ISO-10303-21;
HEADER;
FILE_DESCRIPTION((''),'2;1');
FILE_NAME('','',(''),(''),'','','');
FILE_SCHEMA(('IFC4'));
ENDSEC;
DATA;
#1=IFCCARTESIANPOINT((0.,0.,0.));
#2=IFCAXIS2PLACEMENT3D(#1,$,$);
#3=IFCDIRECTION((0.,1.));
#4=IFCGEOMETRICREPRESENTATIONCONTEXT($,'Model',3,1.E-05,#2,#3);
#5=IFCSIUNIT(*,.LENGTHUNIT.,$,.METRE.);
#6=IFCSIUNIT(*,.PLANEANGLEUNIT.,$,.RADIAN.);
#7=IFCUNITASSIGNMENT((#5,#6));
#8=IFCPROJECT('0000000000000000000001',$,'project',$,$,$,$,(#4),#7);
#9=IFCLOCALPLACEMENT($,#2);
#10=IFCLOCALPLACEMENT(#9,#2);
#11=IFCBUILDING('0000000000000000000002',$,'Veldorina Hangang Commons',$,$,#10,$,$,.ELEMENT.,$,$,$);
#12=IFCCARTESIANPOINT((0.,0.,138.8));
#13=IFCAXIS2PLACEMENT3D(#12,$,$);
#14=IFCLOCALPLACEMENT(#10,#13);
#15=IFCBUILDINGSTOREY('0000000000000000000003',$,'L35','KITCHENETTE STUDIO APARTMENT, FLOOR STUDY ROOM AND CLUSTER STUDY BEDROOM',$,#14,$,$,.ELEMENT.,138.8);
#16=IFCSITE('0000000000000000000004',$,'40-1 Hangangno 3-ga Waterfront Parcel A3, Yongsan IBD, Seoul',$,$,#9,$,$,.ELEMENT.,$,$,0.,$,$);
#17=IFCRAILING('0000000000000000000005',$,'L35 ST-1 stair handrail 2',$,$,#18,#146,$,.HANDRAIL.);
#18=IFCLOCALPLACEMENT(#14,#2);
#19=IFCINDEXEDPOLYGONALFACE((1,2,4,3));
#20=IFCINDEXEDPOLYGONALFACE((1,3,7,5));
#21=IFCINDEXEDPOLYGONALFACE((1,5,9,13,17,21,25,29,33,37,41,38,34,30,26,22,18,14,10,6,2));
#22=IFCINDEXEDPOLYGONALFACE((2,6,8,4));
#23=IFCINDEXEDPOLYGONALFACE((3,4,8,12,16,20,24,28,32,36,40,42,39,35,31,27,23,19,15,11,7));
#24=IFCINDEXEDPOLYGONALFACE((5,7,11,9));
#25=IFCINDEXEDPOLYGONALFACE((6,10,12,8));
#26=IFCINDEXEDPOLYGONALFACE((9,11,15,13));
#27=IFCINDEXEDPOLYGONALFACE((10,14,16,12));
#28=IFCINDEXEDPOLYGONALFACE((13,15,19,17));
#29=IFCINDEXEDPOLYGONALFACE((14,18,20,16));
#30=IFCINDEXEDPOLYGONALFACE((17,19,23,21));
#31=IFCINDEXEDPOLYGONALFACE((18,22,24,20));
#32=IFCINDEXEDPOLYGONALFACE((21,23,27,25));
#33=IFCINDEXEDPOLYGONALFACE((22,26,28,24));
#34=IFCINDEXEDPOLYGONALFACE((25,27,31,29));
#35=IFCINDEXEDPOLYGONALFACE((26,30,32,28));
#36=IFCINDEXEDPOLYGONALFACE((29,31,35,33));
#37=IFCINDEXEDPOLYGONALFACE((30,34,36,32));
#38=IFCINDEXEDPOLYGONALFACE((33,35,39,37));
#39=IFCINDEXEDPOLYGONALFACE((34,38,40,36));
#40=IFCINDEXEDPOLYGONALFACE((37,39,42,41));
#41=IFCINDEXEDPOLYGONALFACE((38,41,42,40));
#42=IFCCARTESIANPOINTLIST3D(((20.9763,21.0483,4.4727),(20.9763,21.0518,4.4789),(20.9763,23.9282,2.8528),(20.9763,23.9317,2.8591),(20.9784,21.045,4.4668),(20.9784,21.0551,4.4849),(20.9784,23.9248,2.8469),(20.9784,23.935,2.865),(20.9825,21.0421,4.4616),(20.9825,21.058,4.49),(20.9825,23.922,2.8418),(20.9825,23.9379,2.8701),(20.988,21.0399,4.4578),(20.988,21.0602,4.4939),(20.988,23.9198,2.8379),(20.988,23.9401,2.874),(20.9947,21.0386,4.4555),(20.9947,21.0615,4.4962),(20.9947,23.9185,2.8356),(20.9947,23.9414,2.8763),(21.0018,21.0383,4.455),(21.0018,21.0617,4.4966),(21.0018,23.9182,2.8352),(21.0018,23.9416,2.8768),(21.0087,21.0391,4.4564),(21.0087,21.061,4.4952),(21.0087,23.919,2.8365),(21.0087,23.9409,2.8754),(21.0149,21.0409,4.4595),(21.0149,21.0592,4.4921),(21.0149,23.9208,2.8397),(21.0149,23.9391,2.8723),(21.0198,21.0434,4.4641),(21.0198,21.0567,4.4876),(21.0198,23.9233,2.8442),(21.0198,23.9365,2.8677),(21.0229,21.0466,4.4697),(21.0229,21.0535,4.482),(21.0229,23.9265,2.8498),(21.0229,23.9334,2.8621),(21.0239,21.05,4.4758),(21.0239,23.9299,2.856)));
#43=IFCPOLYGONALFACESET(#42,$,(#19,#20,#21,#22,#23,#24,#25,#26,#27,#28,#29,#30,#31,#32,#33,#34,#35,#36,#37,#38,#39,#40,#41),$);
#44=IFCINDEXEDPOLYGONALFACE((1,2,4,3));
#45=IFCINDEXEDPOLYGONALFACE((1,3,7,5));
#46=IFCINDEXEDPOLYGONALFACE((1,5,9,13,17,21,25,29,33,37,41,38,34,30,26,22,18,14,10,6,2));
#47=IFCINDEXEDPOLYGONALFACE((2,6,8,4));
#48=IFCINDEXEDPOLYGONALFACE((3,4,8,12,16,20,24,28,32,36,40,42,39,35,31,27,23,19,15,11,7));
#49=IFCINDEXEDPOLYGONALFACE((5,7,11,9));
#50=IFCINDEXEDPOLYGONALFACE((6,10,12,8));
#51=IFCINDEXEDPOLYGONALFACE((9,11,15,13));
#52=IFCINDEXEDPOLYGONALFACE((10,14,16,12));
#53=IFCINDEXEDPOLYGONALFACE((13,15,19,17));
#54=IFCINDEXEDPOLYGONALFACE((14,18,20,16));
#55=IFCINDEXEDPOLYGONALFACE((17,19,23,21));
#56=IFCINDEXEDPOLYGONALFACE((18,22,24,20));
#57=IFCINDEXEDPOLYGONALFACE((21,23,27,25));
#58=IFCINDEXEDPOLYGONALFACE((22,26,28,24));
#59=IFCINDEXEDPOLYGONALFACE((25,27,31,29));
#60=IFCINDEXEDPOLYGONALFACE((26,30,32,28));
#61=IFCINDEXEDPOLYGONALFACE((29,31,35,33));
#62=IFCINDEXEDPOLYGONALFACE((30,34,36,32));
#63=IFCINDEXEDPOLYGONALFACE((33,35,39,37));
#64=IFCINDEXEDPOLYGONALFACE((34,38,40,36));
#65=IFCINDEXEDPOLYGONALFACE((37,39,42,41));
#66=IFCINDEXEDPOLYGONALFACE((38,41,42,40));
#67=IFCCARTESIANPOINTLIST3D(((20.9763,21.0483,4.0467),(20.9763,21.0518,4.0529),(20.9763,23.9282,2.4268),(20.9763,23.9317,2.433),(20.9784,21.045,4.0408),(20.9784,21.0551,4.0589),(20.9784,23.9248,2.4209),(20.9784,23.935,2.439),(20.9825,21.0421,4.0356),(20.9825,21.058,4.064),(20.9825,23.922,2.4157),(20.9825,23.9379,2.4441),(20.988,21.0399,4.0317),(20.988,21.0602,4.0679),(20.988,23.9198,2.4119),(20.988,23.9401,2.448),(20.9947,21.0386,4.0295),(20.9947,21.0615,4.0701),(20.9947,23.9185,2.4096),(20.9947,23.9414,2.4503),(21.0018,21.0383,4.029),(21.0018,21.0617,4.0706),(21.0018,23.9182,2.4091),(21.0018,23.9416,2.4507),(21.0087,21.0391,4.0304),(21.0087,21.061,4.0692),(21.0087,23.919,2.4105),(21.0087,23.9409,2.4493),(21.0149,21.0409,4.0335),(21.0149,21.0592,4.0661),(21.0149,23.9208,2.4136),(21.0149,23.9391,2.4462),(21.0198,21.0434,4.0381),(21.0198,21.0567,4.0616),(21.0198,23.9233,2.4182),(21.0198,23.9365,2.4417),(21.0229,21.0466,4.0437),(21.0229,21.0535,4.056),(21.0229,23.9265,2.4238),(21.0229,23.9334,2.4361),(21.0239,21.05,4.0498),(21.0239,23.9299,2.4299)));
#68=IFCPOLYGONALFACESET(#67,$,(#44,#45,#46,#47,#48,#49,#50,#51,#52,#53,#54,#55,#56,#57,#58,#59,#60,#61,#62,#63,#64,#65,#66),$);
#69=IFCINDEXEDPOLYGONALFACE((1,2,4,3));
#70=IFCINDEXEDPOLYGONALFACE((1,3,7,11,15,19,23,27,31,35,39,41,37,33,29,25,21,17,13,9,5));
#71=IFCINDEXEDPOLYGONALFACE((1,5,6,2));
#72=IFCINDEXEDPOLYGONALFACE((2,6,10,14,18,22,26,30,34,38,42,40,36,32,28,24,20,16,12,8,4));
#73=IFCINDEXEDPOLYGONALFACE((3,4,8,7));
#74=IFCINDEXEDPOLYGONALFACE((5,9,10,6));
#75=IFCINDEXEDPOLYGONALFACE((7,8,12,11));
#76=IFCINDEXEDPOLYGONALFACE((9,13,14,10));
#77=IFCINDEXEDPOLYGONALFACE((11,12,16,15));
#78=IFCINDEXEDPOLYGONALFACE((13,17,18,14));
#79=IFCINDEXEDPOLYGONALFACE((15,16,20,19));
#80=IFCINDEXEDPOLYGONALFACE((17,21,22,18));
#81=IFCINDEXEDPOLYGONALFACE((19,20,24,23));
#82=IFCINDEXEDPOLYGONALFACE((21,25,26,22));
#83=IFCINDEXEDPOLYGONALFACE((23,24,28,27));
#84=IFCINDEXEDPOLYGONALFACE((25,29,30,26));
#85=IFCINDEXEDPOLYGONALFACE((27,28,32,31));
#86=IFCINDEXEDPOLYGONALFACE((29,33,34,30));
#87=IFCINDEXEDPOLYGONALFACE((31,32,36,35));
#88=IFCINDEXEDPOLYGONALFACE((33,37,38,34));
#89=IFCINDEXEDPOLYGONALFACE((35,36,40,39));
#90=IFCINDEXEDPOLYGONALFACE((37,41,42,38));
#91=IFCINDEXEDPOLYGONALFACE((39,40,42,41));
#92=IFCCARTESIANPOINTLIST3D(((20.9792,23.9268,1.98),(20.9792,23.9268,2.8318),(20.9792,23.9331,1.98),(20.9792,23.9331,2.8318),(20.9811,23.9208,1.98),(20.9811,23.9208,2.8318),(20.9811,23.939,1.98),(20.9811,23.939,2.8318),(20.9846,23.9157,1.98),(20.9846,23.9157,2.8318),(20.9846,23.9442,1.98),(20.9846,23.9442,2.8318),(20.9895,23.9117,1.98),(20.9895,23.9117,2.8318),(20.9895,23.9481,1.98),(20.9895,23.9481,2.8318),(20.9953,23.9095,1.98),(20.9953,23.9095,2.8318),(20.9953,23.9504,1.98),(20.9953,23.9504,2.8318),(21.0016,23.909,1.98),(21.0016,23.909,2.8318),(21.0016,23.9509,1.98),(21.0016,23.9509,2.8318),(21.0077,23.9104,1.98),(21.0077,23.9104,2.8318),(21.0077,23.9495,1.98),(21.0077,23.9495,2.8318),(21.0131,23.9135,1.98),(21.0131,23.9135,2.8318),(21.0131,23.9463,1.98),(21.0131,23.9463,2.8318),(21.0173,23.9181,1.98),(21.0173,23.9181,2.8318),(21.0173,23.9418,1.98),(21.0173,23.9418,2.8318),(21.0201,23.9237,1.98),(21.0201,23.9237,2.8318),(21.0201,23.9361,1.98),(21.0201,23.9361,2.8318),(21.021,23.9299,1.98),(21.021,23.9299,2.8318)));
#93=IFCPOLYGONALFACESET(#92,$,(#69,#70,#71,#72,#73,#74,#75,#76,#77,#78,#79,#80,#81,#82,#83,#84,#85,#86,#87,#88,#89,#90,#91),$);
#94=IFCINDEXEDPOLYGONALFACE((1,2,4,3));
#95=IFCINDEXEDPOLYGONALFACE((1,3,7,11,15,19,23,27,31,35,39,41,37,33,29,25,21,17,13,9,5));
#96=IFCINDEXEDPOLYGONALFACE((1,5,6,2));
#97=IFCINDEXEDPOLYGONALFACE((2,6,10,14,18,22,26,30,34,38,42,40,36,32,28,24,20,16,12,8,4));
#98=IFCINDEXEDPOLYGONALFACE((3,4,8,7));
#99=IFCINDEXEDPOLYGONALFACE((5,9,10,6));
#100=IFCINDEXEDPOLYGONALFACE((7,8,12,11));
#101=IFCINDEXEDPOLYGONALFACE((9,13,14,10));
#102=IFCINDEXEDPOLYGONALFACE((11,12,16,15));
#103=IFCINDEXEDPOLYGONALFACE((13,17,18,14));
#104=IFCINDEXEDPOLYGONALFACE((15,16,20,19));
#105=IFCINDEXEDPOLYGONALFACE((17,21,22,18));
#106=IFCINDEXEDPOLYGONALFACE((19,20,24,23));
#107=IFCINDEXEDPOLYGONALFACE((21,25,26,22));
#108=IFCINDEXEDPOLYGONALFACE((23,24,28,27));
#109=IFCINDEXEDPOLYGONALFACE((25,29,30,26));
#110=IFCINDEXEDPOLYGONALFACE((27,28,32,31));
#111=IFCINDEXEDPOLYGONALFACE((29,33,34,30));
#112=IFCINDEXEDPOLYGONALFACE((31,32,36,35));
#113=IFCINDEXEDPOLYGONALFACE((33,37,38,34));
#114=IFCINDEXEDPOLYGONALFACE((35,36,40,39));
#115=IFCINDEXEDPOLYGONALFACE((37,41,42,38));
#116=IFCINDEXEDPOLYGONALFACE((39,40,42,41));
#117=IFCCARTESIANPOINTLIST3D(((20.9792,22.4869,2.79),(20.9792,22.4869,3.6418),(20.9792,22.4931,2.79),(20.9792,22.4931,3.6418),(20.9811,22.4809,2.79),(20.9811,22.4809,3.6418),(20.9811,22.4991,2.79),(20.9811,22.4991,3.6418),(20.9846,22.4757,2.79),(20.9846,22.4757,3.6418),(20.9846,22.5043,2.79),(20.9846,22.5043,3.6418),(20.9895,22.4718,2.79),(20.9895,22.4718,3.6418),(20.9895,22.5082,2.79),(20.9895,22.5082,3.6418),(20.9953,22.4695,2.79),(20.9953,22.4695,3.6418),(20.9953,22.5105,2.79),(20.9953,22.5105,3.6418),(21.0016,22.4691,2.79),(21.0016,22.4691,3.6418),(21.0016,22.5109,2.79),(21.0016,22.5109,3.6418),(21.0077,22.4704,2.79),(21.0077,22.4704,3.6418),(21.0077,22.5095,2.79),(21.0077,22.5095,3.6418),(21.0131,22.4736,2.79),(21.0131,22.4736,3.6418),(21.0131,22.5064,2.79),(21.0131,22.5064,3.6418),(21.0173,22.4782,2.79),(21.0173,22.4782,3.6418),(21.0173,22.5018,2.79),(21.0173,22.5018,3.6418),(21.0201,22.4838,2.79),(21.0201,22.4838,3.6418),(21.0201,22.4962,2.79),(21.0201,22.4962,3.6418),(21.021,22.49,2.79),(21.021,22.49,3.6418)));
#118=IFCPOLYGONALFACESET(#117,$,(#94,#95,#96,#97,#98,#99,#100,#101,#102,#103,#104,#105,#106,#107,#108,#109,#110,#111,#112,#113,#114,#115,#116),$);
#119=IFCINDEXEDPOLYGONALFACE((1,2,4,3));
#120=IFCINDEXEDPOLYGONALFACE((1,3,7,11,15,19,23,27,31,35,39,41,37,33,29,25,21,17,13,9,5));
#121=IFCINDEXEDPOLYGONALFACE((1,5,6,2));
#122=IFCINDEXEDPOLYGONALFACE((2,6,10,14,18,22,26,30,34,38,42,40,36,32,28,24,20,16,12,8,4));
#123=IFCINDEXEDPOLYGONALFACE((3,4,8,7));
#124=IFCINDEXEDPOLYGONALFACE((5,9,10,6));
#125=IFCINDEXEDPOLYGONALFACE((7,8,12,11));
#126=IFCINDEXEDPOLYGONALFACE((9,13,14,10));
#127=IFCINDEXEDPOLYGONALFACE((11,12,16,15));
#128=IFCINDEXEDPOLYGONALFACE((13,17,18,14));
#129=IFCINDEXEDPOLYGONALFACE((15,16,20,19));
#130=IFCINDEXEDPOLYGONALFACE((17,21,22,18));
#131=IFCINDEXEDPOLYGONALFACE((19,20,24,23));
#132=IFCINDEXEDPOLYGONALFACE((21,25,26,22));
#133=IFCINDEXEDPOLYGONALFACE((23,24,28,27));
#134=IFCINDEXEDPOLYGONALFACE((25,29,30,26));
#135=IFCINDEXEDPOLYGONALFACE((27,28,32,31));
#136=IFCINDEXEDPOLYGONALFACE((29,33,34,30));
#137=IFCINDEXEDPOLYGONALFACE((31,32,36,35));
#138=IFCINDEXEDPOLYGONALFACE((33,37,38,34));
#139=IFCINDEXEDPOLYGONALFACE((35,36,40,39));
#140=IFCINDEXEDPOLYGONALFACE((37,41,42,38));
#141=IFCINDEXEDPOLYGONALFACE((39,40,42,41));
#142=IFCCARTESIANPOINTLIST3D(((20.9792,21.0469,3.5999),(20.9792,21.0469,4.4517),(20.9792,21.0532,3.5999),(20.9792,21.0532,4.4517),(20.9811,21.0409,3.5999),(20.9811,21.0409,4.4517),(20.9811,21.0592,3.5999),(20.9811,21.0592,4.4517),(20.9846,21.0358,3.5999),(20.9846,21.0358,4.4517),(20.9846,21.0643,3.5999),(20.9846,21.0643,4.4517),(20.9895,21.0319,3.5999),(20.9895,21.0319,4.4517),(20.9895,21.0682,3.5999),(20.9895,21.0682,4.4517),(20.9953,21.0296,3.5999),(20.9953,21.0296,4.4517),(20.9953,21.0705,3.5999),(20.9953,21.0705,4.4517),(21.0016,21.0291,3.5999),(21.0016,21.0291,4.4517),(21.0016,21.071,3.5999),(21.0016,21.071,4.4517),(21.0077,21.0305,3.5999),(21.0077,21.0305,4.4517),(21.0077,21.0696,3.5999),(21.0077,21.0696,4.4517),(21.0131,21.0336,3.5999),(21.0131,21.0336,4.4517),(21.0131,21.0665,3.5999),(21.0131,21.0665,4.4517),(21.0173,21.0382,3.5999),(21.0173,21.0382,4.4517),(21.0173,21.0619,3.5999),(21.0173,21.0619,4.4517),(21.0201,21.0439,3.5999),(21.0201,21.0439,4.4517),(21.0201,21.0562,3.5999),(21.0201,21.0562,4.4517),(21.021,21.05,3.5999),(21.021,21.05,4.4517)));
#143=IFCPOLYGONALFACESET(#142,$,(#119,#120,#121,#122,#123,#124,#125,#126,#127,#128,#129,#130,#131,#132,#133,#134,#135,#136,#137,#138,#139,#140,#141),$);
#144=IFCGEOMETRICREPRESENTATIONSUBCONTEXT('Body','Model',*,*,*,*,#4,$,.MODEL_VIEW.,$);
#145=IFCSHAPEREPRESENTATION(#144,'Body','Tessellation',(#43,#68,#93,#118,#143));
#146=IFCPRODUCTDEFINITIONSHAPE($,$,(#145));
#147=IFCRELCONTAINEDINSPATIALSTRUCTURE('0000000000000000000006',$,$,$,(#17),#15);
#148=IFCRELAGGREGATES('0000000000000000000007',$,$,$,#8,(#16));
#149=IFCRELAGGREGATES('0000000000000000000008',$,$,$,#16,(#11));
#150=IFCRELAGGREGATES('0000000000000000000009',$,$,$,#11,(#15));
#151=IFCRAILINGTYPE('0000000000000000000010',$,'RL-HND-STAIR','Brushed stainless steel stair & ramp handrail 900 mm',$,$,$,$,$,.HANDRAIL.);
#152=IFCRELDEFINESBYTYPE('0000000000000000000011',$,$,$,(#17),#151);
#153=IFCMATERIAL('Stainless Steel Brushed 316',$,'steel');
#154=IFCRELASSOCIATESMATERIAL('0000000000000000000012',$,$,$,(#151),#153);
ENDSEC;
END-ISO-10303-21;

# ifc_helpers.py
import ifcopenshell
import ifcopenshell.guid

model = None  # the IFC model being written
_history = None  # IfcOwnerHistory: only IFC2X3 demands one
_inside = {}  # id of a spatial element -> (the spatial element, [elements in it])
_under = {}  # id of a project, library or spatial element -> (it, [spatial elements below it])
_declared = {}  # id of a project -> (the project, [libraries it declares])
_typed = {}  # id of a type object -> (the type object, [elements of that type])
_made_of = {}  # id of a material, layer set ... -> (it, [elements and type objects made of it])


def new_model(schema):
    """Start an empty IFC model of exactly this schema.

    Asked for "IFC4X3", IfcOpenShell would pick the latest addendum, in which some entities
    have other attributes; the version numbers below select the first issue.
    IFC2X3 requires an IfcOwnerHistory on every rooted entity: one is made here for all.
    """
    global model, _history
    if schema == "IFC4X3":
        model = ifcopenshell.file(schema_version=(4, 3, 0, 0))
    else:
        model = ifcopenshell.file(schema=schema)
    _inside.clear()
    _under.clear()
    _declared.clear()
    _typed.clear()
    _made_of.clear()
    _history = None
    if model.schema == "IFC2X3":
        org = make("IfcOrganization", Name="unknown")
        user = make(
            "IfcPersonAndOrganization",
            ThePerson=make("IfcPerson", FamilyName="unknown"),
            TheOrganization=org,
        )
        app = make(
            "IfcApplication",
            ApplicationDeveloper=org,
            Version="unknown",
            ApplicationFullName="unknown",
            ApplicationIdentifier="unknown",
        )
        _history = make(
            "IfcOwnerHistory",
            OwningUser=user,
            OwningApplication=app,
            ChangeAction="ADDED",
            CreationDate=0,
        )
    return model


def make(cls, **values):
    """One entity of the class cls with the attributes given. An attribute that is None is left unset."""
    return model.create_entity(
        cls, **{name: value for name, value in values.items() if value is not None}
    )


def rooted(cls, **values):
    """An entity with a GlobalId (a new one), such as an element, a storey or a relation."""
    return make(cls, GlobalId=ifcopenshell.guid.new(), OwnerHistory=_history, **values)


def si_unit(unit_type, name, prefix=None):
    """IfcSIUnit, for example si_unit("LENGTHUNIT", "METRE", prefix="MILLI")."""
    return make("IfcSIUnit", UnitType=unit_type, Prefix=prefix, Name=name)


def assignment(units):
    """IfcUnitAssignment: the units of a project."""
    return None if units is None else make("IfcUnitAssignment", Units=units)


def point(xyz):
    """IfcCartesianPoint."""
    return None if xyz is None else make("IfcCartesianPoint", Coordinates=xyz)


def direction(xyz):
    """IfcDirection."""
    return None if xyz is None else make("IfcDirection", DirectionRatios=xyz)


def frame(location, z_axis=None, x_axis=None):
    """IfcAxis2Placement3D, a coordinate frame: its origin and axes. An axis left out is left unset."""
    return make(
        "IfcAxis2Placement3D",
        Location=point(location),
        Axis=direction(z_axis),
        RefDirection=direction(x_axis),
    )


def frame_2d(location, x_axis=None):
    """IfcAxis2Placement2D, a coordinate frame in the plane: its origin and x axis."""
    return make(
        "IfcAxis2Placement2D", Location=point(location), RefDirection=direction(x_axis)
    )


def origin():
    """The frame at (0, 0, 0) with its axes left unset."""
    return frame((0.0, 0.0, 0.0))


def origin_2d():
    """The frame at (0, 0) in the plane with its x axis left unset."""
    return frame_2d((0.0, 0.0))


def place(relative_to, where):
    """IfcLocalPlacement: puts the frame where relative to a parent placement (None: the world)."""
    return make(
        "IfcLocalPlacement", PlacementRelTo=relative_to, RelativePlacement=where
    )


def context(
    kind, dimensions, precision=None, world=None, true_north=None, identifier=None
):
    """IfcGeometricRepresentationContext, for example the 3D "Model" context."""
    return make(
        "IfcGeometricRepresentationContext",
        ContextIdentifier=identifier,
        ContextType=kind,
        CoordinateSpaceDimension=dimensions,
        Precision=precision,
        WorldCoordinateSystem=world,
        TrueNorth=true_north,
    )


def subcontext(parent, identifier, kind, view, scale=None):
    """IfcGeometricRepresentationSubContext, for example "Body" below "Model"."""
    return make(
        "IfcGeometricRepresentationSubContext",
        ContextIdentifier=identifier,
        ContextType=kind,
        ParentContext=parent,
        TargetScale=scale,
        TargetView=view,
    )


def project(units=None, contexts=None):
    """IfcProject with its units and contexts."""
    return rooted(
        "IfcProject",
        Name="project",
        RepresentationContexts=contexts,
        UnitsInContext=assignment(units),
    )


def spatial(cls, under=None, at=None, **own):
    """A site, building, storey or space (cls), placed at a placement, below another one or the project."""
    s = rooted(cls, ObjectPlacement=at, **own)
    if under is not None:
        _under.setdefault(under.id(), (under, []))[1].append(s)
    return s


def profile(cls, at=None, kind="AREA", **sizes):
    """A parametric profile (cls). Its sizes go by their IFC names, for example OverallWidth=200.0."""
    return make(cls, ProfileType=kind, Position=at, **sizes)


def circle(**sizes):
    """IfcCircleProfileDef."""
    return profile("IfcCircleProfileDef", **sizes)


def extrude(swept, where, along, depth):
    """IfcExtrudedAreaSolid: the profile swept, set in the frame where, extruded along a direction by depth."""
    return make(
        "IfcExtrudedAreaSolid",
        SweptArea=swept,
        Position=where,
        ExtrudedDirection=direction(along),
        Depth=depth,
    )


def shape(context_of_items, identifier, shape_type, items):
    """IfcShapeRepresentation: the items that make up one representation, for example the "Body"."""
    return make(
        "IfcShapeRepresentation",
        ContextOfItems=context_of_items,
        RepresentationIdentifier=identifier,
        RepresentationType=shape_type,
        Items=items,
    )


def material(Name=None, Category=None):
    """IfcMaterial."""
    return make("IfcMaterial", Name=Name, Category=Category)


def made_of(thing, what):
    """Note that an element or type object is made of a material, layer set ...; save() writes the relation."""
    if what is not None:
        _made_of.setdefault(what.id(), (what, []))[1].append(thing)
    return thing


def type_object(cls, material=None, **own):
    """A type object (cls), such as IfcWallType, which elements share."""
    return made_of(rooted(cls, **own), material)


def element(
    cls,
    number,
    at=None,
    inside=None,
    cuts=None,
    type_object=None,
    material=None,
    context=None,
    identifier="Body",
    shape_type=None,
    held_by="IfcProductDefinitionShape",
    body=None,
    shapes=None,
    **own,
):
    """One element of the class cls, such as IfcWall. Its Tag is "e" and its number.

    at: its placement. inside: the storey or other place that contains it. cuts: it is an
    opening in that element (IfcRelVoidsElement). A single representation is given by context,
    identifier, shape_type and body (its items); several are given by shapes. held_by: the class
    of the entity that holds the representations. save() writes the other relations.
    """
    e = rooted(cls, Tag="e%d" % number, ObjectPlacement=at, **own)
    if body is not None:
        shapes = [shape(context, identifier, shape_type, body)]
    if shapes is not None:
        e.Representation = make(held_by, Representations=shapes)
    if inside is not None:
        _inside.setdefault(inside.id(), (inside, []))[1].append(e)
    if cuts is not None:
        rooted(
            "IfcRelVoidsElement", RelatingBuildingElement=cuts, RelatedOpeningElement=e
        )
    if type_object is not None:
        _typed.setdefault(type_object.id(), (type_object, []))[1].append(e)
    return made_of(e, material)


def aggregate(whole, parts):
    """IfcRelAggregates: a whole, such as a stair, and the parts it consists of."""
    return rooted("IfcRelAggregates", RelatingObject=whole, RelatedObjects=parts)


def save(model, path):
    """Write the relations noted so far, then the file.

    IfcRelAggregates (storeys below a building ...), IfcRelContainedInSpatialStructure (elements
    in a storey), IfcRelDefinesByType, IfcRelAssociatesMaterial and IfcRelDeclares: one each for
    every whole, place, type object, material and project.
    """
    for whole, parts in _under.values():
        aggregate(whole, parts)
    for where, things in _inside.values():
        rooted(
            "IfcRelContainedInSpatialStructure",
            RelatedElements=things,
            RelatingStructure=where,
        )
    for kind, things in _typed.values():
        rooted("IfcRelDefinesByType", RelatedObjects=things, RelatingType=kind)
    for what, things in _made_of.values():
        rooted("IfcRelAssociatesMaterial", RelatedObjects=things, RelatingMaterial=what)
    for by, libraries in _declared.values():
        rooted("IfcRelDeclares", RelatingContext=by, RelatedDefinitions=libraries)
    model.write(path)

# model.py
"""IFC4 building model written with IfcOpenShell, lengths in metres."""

from ifc_helpers import new_model, si_unit, direction, frame, origin, origin_2d, place, context, subcontext, project, spatial, circle, extrude, material, type_object, element, save


model = new_model("IFC4")

# Units and contexts
model_context = context("Model", 3, precision=1e-05, world=origin(), true_north=direction((0.0, 1.0)))
body_context = subcontext(model_context, "Body", "Model", "MODEL_VIEW")
ifc_project = project(units=[si_unit("LENGTHUNIT", "METRE"), si_unit("PLANEANGLEUNIT", "RADIAN")], contexts=[model_context])

# Site, building, storey
site_placement = place(None, origin())
site = spatial("IfcSite", under=ifc_project, at=site_placement, Name="40-1 Hangangno 3-ga Waterfront Parcel A3, Yongsan IBD, Seoul", CompositionType="ELEMENT", RefElevation=0.0)
building_placement = place(site_placement, origin())
building = spatial("IfcBuilding", under=site, at=building_placement, Name="Veldorina Hangang Commons", CompositionType="ELEMENT")
storey_placement = place(building_placement, frame((0.0, 0.0, 138.8)))
storey = spatial("IfcBuildingStorey", under=building, at=storey_placement, Name="L35", Description="KITCHENETTE STUDIO APARTMENT, FLOOR STUDY ROOM AND CLUSTER STUDY BEDROOM", CompositionType="ELEMENT", Elevation=138.8)

# Railing
ifc_material_1 = material(Name="Stainless Steel Brushed 316", Category="steel")
railing_type_1 = type_object("IfcRailingType", Name="RL-HND-STAIR", Description="Brushed stainless steel stair & ramp handrail 900 mm", PredefinedType="HANDRAIL", material=ifc_material_1)
railing_1_placement = place(storey_placement, frame((21.0, 23.9299, 1.98)))
element("IfcRailing", 1, at=railing_1_placement, inside=storey, type_object=railing_type_1, Name="L35 ST-1 stair handrail 2", PredefinedType="HANDRAIL", context=body_context, shape_type="SweptSolid", body=[
    extrude(circle(Radius=0.0239, at=origin_2d()), frame((0.0, 0.0, 0.876), z_axis=(0.0, -0.871583, 0.490247), x_axis=(1.0, 0.0, 0.0)), (0.0, 0.0, 1.0), 3.3042),
    extrude(circle(Radius=0.0239, at=origin_2d()), frame((0.0, 0.0, 0.45), z_axis=(0.0, -0.871583, 0.490247), x_axis=(1.0, 0.0, 0.0)), (0.0, 0.0, 1.0), 3.3042),
    extrude(circle(Radius=0.021, at=origin_2d()), origin(), (0.0, 0.0, 1.0), 0.8518),
    extrude(circle(Radius=0.021, at=origin_2d()), frame((0.0, -1.4399, 0.8101)), (0.0, 0.0, 1.0), 0.8518),
    extrude(circle(Radius=0.021, at=origin_2d()), frame((0.0, -2.8799, 1.6199)), (0.0, 0.0, 1.0), 0.8518),
])

save(model, "model.ifc")
